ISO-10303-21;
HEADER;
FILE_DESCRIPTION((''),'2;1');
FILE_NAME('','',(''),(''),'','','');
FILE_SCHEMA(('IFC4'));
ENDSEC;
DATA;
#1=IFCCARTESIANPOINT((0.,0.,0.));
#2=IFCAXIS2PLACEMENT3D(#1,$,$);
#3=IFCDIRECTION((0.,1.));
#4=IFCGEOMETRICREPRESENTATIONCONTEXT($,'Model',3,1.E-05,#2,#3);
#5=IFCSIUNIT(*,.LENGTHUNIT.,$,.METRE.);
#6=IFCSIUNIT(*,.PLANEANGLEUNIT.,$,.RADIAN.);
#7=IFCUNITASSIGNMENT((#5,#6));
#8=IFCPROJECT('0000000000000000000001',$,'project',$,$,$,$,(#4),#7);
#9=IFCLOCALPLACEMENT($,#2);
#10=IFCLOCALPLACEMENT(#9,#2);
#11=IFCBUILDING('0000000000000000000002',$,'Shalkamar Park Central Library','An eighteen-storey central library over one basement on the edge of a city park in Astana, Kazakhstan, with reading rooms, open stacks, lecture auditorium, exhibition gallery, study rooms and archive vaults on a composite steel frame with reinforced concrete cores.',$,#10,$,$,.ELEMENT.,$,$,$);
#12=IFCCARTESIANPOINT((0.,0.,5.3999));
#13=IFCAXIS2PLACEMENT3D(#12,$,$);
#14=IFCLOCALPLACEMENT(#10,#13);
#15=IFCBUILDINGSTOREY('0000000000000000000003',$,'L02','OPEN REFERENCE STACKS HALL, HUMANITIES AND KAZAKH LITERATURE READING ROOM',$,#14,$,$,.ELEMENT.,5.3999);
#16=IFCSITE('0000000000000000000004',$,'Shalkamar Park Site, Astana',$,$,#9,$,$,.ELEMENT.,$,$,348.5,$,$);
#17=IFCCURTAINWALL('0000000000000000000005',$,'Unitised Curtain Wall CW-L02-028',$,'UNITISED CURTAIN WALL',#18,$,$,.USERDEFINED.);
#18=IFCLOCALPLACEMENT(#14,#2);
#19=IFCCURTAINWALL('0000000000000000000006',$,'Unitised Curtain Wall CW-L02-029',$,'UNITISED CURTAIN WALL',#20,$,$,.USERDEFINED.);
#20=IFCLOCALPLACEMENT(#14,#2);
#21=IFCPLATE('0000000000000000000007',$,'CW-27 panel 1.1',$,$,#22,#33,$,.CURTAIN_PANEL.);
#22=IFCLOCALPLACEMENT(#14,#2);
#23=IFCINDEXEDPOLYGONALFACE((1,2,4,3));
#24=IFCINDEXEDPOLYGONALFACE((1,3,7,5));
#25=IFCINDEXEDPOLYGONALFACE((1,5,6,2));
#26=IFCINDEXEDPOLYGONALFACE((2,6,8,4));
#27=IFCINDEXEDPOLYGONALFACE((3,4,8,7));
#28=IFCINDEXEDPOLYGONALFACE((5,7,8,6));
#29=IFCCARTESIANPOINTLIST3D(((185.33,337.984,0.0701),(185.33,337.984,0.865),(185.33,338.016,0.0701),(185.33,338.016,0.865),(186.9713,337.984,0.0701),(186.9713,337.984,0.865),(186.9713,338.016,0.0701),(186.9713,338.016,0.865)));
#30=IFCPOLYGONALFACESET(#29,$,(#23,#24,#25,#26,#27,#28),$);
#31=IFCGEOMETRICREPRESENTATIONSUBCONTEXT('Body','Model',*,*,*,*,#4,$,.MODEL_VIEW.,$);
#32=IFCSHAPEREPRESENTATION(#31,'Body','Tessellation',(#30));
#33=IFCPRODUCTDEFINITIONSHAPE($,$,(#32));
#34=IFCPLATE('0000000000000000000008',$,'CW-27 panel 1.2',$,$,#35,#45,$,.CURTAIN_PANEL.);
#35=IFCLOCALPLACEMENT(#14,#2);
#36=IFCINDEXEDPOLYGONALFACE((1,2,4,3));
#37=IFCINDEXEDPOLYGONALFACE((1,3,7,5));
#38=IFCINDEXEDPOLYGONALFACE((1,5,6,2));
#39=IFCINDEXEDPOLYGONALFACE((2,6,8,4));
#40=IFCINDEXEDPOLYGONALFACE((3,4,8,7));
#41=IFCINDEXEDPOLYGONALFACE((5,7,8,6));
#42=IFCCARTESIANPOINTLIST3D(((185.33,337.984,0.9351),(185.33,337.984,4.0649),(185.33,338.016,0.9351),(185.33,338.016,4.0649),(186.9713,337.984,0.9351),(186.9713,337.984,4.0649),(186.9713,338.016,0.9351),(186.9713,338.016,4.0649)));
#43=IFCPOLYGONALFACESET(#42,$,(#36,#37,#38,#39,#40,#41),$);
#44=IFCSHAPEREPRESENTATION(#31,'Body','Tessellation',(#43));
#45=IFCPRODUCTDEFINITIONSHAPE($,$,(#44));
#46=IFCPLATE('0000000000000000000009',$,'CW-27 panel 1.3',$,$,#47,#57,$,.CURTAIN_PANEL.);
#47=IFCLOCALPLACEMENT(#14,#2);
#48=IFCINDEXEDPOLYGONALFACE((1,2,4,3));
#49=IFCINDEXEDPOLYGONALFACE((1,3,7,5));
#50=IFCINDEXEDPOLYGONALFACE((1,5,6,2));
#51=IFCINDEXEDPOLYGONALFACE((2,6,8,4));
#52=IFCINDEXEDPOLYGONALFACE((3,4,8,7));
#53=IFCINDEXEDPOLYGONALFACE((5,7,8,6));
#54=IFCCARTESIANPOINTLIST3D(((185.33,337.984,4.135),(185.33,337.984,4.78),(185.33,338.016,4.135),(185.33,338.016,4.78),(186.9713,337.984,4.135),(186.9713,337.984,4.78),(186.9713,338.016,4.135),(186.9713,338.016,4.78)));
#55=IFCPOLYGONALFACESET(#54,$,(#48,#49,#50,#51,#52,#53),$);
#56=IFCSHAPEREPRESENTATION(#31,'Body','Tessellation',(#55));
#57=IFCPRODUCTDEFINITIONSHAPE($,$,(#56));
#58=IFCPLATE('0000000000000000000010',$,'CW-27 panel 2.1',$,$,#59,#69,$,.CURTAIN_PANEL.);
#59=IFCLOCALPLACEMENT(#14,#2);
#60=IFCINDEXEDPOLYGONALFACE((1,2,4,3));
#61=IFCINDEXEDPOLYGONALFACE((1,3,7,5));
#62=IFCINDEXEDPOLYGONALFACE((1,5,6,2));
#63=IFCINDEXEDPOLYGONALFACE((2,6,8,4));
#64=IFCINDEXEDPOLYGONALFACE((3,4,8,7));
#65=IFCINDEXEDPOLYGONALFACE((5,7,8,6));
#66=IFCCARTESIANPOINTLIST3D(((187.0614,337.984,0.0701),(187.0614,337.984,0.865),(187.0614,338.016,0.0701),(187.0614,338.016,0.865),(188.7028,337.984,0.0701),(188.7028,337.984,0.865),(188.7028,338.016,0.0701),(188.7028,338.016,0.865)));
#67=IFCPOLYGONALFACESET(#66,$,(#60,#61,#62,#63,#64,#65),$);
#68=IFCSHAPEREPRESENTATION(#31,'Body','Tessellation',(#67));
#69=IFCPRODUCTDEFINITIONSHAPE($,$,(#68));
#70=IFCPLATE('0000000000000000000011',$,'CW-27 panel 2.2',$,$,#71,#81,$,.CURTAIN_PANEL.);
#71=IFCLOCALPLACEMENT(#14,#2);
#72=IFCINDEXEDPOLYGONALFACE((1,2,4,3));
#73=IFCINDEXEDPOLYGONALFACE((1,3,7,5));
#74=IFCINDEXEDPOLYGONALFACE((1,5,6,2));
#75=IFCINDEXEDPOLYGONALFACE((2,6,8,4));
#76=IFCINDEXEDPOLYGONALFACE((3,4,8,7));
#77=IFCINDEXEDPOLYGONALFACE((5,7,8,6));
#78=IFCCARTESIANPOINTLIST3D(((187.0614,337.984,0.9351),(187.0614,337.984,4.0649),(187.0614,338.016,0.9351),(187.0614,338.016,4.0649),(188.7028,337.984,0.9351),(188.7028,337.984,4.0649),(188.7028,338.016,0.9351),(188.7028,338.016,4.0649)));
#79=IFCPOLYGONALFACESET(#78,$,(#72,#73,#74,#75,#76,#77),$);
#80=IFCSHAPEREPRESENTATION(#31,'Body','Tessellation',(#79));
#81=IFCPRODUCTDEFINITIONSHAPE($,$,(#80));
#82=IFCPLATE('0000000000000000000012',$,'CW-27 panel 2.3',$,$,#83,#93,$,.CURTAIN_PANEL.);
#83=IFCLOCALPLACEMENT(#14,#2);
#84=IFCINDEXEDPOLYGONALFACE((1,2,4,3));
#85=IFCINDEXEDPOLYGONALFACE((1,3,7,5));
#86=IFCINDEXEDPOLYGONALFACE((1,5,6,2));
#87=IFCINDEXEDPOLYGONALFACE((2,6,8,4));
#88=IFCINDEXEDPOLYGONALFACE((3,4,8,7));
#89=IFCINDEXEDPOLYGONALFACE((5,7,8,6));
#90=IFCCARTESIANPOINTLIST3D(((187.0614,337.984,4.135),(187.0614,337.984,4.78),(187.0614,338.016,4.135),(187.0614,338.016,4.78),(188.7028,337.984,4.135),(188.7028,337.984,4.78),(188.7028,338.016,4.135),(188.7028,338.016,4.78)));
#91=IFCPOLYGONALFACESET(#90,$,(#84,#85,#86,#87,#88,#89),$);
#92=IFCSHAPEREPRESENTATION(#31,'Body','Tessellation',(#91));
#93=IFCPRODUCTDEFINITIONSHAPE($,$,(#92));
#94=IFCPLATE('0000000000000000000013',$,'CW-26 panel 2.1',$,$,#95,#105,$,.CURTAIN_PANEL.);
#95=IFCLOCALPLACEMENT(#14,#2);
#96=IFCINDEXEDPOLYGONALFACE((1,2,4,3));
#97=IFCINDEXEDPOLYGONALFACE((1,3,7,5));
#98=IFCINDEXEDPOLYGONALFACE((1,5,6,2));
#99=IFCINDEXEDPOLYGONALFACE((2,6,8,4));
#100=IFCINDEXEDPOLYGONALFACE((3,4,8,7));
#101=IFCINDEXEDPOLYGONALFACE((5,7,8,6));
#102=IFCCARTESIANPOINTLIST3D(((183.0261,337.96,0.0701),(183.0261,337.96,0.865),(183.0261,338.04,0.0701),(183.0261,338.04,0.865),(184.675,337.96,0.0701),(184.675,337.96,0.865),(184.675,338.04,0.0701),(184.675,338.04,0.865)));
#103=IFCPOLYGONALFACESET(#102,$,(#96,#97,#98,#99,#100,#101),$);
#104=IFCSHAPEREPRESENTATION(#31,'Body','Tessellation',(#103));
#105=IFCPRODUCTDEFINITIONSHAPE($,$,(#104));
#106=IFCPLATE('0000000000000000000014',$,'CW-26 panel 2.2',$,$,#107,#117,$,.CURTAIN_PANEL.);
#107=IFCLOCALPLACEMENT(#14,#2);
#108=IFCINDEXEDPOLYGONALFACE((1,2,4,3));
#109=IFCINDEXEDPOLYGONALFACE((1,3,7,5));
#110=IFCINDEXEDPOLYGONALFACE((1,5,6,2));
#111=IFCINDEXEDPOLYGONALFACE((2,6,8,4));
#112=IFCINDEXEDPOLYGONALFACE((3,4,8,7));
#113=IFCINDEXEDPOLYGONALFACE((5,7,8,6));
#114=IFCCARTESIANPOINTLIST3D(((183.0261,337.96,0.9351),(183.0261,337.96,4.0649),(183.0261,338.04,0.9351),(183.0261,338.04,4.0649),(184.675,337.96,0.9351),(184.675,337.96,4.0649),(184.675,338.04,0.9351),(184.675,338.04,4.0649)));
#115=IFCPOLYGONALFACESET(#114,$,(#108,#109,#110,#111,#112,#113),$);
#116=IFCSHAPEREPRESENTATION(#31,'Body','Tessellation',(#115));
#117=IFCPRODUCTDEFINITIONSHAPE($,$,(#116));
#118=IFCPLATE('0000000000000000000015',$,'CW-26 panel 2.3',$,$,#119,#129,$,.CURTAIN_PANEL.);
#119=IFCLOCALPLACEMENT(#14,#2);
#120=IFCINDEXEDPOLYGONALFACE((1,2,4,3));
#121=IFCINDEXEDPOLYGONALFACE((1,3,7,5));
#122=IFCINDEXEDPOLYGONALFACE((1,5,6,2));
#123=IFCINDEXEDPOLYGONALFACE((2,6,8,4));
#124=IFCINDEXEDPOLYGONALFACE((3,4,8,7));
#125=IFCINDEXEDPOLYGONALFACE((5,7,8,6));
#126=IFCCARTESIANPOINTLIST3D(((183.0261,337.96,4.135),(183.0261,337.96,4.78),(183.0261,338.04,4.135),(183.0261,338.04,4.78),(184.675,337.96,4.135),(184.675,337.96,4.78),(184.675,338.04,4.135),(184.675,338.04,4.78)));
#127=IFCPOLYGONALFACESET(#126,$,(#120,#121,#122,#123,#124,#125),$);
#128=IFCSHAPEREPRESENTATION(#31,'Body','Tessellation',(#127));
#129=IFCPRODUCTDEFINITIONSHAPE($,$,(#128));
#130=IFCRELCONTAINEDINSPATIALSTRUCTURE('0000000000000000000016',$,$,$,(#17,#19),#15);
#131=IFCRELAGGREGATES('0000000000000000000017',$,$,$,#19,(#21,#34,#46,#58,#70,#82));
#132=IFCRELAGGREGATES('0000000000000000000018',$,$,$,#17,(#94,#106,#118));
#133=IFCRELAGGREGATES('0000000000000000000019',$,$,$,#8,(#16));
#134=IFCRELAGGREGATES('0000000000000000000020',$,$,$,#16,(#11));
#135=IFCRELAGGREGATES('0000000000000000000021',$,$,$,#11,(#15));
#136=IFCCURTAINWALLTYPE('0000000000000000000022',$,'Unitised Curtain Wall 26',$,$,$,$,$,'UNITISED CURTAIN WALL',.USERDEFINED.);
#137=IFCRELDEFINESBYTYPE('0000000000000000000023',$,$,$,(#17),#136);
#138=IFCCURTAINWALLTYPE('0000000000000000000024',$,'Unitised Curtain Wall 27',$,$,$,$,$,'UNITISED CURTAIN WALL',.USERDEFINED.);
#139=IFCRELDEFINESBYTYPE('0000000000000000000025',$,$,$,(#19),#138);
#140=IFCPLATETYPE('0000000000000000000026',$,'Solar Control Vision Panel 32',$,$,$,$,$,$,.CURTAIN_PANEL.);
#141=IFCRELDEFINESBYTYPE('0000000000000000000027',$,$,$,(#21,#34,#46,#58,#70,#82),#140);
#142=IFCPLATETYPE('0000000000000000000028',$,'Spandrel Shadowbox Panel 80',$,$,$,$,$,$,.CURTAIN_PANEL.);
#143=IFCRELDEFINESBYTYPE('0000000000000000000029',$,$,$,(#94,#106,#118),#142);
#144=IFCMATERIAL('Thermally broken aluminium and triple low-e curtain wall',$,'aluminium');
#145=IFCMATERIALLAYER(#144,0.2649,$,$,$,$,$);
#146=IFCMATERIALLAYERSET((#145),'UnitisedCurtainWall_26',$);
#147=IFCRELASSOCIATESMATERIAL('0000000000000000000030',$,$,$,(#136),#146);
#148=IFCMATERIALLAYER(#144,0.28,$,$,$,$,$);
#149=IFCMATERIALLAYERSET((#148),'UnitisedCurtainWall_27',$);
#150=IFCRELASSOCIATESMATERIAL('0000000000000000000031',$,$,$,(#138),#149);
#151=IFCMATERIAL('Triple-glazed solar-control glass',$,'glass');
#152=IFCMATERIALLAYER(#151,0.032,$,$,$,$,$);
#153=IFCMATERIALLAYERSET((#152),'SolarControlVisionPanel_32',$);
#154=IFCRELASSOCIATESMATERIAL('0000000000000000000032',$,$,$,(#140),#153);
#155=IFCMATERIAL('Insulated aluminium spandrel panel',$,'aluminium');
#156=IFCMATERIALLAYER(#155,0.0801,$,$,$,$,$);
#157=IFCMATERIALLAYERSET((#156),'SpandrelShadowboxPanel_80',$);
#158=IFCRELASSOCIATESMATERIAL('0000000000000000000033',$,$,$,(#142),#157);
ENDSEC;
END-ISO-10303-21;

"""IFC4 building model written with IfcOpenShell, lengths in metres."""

from ifc_helpers import new_model, si_unit, direction, frame, origin, origin_2d, place, context, subcontext, project, spatial, rectangle, extrude, material, layer, layer_set, type_object, element, aggregate, save


model = new_model("IFC4")

# Units and contexts
model_context = context("Model", 3, precision=1e-05, world=origin(), true_north=direction((0.0, 1.0)))
body_context = subcontext(model_context, "Body", "Model", "MODEL_VIEW")
ifc_project = project(units=[si_unit("LENGTHUNIT", "METRE"), si_unit("PLANEANGLEUNIT", "RADIAN")], contexts=[model_context])

# Site, building, storey
site_placement = place(None, origin())
site = spatial("IfcSite", under=ifc_project, at=site_placement, Name="Shalkamar Park Site, Astana", CompositionType="ELEMENT", RefElevation=348.5)
building_placement = place(site_placement, origin())
building = spatial("IfcBuilding", under=site, at=building_placement, Name="Shalkamar Park Central Library", Description="An eighteen-storey central library over one basement on the edge of a city park in Astana, Kazakhstan, with reading rooms, open stacks, lecture auditorium, exhibition gallery, study rooms and archive vaults on a composite steel frame with reinforced concrete cores.", CompositionType="ELEMENT")
storey_placement = place(building_placement, frame((0.0, 0.0, 5.3999)))
storey = spatial("IfcBuildingStorey", under=building, at=storey_placement, Name="L02", Description="OPEN REFERENCE STACKS HALL, HUMANITIES AND KAZAKH LITERATURE READING ROOM", CompositionType="ELEMENT", Elevation=5.3999)

# Curtain wall
ifc_material_1 = material(Name="Thermally broken aluminium and triple low-e curtain wall", Category="aluminium")
ifc_layer_1 = layer(ifc_material_1, 0.2649)
ifc_layer_set_1 = layer_set([ifc_layer_1], Name="UnitisedCurtainWall_26")
curtain_wall_type_1 = type_object("IfcCurtainWallType", Name="Unitised Curtain Wall 26", ElementType="UNITISED CURTAIN WALL", PredefinedType="USERDEFINED", material=ifc_layer_set_1)
curtain_wall_1_placement = place(storey_placement, origin())
curtain_wall_1 = element("IfcCurtainWall", 1, at=curtain_wall_1_placement, inside=storey, type_object=curtain_wall_type_1, Name="Unitised Curtain Wall CW-L02-028", ObjectType="UNITISED CURTAIN WALL", PredefinedType="USERDEFINED")

# Curtain wall
ifc_layer_2 = layer(ifc_material_1, 0.28)
ifc_layer_set_2 = layer_set([ifc_layer_2], Name="UnitisedCurtainWall_27")
curtain_wall_type_2 = type_object("IfcCurtainWallType", Name="Unitised Curtain Wall 27", ElementType="UNITISED CURTAIN WALL", PredefinedType="USERDEFINED", material=ifc_layer_set_2)
curtain_wall_2_placement = place(storey_placement, origin())
curtain_wall_2 = element("IfcCurtainWall", 2, at=curtain_wall_2_placement, inside=storey, type_object=curtain_wall_type_2, Name="Unitised Curtain Wall CW-L02-029", ObjectType="UNITISED CURTAIN WALL", PredefinedType="USERDEFINED")

# Plates
ifc_material_2 = material(Name="Triple-glazed solar-control glass", Category="glass")
ifc_layer_3 = layer(ifc_material_2, 0.032)
ifc_layer_set_3 = layer_set([ifc_layer_3], Name="SolarControlVisionPanel_32")
plate_type_1 = type_object("IfcPlateType", Name="Solar Control Vision Panel 32", PredefinedType="CURTAIN_PANEL", material=ifc_layer_set_3)
plate_1_placement = place(storey_placement, frame((186.1506, 338.0, 0.0701), z_axis=(0.0, 0.0, 1.0), x_axis=(1.0, 0.0, 0.0)))
plate_1 = element("IfcPlate", 3, at=plate_1_placement, type_object=plate_type_1, Name="CW-27 panel 1.1", PredefinedType="CURTAIN_PANEL", context=body_context, shape_type="SweptSolid", body=[
    extrude(rectangle(XDim=1.6414, YDim=0.032, at=origin_2d()), origin(), (0.0, 0.0, 1.0), 0.7949),
])
plate_2_placement = place(storey_placement, frame((186.1506, 338.0, 0.9351), z_axis=(0.0, 0.0, 1.0), x_axis=(1.0, 0.0, 0.0)))
plate_2 = element("IfcPlate", 4, at=plate_2_placement, type_object=plate_type_1, Name="CW-27 panel 1.2", PredefinedType="CURTAIN_PANEL", context=body_context, shape_type="SweptSolid", body=[
    extrude(rectangle(XDim=1.6414, YDim=0.032, at=origin_2d()), origin(), (0.0, 0.0, 1.0), 3.1299),
])
plate_3_placement = place(storey_placement, frame((186.1506, 338.0, 4.135), z_axis=(0.0, 0.0, 1.0), x_axis=(1.0, 0.0, 0.0)))
plate_3 = element("IfcPlate", 5, at=plate_3_placement, type_object=plate_type_1, Name="CW-27 panel 1.3", PredefinedType="CURTAIN_PANEL", context=body_context, shape_type="SweptSolid", body=[
    extrude(rectangle(XDim=1.6414, YDim=0.032, at=origin_2d()), origin(), (0.0, 0.0, 1.0), 0.645),
])
plate_4_placement = place(storey_placement, frame((187.8821, 338.0, 0.0701), z_axis=(0.0, 0.0, 1.0), x_axis=(1.0, 0.0, 0.0)))
plate_4 = element("IfcPlate", 6, at=plate_4_placement, type_object=plate_type_1, Name="CW-27 panel 2.1", PredefinedType="CURTAIN_PANEL", context=body_context, shape_type="SweptSolid", body=[
    extrude(rectangle(XDim=1.6414, YDim=0.032, at=origin_2d()), origin(), (0.0, 0.0, 1.0), 0.7949),
])
plate_5_placement = place(storey_placement, frame((187.8821, 338.0, 0.9351), z_axis=(0.0, 0.0, 1.0), x_axis=(1.0, 0.0, 0.0)))
plate_5 = element("IfcPlate", 7, at=plate_5_placement, type_object=plate_type_1, Name="CW-27 panel 2.2", PredefinedType="CURTAIN_PANEL", context=body_context, shape_type="SweptSolid", body=[
    extrude(rectangle(XDim=1.6414, YDim=0.032, at=origin_2d()), origin(), (0.0, 0.0, 1.0), 3.1299),
])
plate_6_placement = place(storey_placement, frame((187.8821, 338.0, 4.135), z_axis=(0.0, 0.0, 1.0), x_axis=(1.0, 0.0, 0.0)))
plate_6 = element("IfcPlate", 8, at=plate_6_placement, type_object=plate_type_1, Name="CW-27 panel 2.3", PredefinedType="CURTAIN_PANEL", context=body_context, shape_type="SweptSolid", body=[
    extrude(rectangle(XDim=1.6414, YDim=0.032, at=origin_2d()), origin(), (0.0, 0.0, 1.0), 0.645),
])
aggregate(curtain_wall_2, [plate_1, plate_2, plate_3, plate_4, plate_5, plate_6])
ifc_material_3 = material(Name="Insulated aluminium spandrel panel", Category="aluminium")
ifc_layer_4 = layer(ifc_material_3, 0.0801)
ifc_layer_set_4 = layer_set([ifc_layer_4], Name="SpandrelShadowboxPanel_80")
plate_type_2 = type_object("IfcPlateType", Name="Spandrel Shadowbox Panel 80", PredefinedType="CURTAIN_PANEL", material=ifc_layer_set_4)
plate_7_placement = place(storey_placement, frame((183.8506, 338.0, 0.0701), z_axis=(0.0, 0.0, 1.0), x_axis=(1.0, 0.0, 0.0)))
plate_7 = element("IfcPlate", 9, at=plate_7_placement, type_object=plate_type_2, Name="CW-26 panel 2.1", PredefinedType="CURTAIN_PANEL", context=body_context, shape_type="SweptSolid", body=[
    extrude(rectangle(XDim=1.6489, YDim=0.0801, at=origin_2d()), origin(), (0.0, 0.0, 1.0), 0.7949),
])
plate_8_placement = place(storey_placement, frame((183.8506, 338.0, 0.9351), z_axis=(0.0, 0.0, 1.0), x_axis=(1.0, 0.0, 0.0)))
plate_8 = element("IfcPlate", 10, at=plate_8_placement, type_object=plate_type_2, Name="CW-26 panel 2.2", PredefinedType="CURTAIN_PANEL", context=body_context, shape_type="SweptSolid", body=[
    extrude(rectangle(XDim=1.6489, YDim=0.0801, at=origin_2d()), origin(), (0.0, 0.0, 1.0), 3.1299),
])
plate_9_placement = place(storey_placement, frame((183.8506, 338.0, 4.135), z_axis=(0.0, 0.0, 1.0), x_axis=(1.0, 0.0, 0.0)))
plate_9 = element("IfcPlate", 11, at=plate_9_placement, type_object=plate_type_2, Name="CW-26 panel 2.3", PredefinedType="CURTAIN_PANEL", context=body_context, shape_type="SweptSolid", body=[
    extrude(rectangle(XDim=1.6489, YDim=0.0801, at=origin_2d()), origin(), (0.0, 0.0, 1.0), 0.645),
])
aggregate(curtain_wall_1, [plate_7, plate_8, plate_9])

save(model, "model.ifc")
